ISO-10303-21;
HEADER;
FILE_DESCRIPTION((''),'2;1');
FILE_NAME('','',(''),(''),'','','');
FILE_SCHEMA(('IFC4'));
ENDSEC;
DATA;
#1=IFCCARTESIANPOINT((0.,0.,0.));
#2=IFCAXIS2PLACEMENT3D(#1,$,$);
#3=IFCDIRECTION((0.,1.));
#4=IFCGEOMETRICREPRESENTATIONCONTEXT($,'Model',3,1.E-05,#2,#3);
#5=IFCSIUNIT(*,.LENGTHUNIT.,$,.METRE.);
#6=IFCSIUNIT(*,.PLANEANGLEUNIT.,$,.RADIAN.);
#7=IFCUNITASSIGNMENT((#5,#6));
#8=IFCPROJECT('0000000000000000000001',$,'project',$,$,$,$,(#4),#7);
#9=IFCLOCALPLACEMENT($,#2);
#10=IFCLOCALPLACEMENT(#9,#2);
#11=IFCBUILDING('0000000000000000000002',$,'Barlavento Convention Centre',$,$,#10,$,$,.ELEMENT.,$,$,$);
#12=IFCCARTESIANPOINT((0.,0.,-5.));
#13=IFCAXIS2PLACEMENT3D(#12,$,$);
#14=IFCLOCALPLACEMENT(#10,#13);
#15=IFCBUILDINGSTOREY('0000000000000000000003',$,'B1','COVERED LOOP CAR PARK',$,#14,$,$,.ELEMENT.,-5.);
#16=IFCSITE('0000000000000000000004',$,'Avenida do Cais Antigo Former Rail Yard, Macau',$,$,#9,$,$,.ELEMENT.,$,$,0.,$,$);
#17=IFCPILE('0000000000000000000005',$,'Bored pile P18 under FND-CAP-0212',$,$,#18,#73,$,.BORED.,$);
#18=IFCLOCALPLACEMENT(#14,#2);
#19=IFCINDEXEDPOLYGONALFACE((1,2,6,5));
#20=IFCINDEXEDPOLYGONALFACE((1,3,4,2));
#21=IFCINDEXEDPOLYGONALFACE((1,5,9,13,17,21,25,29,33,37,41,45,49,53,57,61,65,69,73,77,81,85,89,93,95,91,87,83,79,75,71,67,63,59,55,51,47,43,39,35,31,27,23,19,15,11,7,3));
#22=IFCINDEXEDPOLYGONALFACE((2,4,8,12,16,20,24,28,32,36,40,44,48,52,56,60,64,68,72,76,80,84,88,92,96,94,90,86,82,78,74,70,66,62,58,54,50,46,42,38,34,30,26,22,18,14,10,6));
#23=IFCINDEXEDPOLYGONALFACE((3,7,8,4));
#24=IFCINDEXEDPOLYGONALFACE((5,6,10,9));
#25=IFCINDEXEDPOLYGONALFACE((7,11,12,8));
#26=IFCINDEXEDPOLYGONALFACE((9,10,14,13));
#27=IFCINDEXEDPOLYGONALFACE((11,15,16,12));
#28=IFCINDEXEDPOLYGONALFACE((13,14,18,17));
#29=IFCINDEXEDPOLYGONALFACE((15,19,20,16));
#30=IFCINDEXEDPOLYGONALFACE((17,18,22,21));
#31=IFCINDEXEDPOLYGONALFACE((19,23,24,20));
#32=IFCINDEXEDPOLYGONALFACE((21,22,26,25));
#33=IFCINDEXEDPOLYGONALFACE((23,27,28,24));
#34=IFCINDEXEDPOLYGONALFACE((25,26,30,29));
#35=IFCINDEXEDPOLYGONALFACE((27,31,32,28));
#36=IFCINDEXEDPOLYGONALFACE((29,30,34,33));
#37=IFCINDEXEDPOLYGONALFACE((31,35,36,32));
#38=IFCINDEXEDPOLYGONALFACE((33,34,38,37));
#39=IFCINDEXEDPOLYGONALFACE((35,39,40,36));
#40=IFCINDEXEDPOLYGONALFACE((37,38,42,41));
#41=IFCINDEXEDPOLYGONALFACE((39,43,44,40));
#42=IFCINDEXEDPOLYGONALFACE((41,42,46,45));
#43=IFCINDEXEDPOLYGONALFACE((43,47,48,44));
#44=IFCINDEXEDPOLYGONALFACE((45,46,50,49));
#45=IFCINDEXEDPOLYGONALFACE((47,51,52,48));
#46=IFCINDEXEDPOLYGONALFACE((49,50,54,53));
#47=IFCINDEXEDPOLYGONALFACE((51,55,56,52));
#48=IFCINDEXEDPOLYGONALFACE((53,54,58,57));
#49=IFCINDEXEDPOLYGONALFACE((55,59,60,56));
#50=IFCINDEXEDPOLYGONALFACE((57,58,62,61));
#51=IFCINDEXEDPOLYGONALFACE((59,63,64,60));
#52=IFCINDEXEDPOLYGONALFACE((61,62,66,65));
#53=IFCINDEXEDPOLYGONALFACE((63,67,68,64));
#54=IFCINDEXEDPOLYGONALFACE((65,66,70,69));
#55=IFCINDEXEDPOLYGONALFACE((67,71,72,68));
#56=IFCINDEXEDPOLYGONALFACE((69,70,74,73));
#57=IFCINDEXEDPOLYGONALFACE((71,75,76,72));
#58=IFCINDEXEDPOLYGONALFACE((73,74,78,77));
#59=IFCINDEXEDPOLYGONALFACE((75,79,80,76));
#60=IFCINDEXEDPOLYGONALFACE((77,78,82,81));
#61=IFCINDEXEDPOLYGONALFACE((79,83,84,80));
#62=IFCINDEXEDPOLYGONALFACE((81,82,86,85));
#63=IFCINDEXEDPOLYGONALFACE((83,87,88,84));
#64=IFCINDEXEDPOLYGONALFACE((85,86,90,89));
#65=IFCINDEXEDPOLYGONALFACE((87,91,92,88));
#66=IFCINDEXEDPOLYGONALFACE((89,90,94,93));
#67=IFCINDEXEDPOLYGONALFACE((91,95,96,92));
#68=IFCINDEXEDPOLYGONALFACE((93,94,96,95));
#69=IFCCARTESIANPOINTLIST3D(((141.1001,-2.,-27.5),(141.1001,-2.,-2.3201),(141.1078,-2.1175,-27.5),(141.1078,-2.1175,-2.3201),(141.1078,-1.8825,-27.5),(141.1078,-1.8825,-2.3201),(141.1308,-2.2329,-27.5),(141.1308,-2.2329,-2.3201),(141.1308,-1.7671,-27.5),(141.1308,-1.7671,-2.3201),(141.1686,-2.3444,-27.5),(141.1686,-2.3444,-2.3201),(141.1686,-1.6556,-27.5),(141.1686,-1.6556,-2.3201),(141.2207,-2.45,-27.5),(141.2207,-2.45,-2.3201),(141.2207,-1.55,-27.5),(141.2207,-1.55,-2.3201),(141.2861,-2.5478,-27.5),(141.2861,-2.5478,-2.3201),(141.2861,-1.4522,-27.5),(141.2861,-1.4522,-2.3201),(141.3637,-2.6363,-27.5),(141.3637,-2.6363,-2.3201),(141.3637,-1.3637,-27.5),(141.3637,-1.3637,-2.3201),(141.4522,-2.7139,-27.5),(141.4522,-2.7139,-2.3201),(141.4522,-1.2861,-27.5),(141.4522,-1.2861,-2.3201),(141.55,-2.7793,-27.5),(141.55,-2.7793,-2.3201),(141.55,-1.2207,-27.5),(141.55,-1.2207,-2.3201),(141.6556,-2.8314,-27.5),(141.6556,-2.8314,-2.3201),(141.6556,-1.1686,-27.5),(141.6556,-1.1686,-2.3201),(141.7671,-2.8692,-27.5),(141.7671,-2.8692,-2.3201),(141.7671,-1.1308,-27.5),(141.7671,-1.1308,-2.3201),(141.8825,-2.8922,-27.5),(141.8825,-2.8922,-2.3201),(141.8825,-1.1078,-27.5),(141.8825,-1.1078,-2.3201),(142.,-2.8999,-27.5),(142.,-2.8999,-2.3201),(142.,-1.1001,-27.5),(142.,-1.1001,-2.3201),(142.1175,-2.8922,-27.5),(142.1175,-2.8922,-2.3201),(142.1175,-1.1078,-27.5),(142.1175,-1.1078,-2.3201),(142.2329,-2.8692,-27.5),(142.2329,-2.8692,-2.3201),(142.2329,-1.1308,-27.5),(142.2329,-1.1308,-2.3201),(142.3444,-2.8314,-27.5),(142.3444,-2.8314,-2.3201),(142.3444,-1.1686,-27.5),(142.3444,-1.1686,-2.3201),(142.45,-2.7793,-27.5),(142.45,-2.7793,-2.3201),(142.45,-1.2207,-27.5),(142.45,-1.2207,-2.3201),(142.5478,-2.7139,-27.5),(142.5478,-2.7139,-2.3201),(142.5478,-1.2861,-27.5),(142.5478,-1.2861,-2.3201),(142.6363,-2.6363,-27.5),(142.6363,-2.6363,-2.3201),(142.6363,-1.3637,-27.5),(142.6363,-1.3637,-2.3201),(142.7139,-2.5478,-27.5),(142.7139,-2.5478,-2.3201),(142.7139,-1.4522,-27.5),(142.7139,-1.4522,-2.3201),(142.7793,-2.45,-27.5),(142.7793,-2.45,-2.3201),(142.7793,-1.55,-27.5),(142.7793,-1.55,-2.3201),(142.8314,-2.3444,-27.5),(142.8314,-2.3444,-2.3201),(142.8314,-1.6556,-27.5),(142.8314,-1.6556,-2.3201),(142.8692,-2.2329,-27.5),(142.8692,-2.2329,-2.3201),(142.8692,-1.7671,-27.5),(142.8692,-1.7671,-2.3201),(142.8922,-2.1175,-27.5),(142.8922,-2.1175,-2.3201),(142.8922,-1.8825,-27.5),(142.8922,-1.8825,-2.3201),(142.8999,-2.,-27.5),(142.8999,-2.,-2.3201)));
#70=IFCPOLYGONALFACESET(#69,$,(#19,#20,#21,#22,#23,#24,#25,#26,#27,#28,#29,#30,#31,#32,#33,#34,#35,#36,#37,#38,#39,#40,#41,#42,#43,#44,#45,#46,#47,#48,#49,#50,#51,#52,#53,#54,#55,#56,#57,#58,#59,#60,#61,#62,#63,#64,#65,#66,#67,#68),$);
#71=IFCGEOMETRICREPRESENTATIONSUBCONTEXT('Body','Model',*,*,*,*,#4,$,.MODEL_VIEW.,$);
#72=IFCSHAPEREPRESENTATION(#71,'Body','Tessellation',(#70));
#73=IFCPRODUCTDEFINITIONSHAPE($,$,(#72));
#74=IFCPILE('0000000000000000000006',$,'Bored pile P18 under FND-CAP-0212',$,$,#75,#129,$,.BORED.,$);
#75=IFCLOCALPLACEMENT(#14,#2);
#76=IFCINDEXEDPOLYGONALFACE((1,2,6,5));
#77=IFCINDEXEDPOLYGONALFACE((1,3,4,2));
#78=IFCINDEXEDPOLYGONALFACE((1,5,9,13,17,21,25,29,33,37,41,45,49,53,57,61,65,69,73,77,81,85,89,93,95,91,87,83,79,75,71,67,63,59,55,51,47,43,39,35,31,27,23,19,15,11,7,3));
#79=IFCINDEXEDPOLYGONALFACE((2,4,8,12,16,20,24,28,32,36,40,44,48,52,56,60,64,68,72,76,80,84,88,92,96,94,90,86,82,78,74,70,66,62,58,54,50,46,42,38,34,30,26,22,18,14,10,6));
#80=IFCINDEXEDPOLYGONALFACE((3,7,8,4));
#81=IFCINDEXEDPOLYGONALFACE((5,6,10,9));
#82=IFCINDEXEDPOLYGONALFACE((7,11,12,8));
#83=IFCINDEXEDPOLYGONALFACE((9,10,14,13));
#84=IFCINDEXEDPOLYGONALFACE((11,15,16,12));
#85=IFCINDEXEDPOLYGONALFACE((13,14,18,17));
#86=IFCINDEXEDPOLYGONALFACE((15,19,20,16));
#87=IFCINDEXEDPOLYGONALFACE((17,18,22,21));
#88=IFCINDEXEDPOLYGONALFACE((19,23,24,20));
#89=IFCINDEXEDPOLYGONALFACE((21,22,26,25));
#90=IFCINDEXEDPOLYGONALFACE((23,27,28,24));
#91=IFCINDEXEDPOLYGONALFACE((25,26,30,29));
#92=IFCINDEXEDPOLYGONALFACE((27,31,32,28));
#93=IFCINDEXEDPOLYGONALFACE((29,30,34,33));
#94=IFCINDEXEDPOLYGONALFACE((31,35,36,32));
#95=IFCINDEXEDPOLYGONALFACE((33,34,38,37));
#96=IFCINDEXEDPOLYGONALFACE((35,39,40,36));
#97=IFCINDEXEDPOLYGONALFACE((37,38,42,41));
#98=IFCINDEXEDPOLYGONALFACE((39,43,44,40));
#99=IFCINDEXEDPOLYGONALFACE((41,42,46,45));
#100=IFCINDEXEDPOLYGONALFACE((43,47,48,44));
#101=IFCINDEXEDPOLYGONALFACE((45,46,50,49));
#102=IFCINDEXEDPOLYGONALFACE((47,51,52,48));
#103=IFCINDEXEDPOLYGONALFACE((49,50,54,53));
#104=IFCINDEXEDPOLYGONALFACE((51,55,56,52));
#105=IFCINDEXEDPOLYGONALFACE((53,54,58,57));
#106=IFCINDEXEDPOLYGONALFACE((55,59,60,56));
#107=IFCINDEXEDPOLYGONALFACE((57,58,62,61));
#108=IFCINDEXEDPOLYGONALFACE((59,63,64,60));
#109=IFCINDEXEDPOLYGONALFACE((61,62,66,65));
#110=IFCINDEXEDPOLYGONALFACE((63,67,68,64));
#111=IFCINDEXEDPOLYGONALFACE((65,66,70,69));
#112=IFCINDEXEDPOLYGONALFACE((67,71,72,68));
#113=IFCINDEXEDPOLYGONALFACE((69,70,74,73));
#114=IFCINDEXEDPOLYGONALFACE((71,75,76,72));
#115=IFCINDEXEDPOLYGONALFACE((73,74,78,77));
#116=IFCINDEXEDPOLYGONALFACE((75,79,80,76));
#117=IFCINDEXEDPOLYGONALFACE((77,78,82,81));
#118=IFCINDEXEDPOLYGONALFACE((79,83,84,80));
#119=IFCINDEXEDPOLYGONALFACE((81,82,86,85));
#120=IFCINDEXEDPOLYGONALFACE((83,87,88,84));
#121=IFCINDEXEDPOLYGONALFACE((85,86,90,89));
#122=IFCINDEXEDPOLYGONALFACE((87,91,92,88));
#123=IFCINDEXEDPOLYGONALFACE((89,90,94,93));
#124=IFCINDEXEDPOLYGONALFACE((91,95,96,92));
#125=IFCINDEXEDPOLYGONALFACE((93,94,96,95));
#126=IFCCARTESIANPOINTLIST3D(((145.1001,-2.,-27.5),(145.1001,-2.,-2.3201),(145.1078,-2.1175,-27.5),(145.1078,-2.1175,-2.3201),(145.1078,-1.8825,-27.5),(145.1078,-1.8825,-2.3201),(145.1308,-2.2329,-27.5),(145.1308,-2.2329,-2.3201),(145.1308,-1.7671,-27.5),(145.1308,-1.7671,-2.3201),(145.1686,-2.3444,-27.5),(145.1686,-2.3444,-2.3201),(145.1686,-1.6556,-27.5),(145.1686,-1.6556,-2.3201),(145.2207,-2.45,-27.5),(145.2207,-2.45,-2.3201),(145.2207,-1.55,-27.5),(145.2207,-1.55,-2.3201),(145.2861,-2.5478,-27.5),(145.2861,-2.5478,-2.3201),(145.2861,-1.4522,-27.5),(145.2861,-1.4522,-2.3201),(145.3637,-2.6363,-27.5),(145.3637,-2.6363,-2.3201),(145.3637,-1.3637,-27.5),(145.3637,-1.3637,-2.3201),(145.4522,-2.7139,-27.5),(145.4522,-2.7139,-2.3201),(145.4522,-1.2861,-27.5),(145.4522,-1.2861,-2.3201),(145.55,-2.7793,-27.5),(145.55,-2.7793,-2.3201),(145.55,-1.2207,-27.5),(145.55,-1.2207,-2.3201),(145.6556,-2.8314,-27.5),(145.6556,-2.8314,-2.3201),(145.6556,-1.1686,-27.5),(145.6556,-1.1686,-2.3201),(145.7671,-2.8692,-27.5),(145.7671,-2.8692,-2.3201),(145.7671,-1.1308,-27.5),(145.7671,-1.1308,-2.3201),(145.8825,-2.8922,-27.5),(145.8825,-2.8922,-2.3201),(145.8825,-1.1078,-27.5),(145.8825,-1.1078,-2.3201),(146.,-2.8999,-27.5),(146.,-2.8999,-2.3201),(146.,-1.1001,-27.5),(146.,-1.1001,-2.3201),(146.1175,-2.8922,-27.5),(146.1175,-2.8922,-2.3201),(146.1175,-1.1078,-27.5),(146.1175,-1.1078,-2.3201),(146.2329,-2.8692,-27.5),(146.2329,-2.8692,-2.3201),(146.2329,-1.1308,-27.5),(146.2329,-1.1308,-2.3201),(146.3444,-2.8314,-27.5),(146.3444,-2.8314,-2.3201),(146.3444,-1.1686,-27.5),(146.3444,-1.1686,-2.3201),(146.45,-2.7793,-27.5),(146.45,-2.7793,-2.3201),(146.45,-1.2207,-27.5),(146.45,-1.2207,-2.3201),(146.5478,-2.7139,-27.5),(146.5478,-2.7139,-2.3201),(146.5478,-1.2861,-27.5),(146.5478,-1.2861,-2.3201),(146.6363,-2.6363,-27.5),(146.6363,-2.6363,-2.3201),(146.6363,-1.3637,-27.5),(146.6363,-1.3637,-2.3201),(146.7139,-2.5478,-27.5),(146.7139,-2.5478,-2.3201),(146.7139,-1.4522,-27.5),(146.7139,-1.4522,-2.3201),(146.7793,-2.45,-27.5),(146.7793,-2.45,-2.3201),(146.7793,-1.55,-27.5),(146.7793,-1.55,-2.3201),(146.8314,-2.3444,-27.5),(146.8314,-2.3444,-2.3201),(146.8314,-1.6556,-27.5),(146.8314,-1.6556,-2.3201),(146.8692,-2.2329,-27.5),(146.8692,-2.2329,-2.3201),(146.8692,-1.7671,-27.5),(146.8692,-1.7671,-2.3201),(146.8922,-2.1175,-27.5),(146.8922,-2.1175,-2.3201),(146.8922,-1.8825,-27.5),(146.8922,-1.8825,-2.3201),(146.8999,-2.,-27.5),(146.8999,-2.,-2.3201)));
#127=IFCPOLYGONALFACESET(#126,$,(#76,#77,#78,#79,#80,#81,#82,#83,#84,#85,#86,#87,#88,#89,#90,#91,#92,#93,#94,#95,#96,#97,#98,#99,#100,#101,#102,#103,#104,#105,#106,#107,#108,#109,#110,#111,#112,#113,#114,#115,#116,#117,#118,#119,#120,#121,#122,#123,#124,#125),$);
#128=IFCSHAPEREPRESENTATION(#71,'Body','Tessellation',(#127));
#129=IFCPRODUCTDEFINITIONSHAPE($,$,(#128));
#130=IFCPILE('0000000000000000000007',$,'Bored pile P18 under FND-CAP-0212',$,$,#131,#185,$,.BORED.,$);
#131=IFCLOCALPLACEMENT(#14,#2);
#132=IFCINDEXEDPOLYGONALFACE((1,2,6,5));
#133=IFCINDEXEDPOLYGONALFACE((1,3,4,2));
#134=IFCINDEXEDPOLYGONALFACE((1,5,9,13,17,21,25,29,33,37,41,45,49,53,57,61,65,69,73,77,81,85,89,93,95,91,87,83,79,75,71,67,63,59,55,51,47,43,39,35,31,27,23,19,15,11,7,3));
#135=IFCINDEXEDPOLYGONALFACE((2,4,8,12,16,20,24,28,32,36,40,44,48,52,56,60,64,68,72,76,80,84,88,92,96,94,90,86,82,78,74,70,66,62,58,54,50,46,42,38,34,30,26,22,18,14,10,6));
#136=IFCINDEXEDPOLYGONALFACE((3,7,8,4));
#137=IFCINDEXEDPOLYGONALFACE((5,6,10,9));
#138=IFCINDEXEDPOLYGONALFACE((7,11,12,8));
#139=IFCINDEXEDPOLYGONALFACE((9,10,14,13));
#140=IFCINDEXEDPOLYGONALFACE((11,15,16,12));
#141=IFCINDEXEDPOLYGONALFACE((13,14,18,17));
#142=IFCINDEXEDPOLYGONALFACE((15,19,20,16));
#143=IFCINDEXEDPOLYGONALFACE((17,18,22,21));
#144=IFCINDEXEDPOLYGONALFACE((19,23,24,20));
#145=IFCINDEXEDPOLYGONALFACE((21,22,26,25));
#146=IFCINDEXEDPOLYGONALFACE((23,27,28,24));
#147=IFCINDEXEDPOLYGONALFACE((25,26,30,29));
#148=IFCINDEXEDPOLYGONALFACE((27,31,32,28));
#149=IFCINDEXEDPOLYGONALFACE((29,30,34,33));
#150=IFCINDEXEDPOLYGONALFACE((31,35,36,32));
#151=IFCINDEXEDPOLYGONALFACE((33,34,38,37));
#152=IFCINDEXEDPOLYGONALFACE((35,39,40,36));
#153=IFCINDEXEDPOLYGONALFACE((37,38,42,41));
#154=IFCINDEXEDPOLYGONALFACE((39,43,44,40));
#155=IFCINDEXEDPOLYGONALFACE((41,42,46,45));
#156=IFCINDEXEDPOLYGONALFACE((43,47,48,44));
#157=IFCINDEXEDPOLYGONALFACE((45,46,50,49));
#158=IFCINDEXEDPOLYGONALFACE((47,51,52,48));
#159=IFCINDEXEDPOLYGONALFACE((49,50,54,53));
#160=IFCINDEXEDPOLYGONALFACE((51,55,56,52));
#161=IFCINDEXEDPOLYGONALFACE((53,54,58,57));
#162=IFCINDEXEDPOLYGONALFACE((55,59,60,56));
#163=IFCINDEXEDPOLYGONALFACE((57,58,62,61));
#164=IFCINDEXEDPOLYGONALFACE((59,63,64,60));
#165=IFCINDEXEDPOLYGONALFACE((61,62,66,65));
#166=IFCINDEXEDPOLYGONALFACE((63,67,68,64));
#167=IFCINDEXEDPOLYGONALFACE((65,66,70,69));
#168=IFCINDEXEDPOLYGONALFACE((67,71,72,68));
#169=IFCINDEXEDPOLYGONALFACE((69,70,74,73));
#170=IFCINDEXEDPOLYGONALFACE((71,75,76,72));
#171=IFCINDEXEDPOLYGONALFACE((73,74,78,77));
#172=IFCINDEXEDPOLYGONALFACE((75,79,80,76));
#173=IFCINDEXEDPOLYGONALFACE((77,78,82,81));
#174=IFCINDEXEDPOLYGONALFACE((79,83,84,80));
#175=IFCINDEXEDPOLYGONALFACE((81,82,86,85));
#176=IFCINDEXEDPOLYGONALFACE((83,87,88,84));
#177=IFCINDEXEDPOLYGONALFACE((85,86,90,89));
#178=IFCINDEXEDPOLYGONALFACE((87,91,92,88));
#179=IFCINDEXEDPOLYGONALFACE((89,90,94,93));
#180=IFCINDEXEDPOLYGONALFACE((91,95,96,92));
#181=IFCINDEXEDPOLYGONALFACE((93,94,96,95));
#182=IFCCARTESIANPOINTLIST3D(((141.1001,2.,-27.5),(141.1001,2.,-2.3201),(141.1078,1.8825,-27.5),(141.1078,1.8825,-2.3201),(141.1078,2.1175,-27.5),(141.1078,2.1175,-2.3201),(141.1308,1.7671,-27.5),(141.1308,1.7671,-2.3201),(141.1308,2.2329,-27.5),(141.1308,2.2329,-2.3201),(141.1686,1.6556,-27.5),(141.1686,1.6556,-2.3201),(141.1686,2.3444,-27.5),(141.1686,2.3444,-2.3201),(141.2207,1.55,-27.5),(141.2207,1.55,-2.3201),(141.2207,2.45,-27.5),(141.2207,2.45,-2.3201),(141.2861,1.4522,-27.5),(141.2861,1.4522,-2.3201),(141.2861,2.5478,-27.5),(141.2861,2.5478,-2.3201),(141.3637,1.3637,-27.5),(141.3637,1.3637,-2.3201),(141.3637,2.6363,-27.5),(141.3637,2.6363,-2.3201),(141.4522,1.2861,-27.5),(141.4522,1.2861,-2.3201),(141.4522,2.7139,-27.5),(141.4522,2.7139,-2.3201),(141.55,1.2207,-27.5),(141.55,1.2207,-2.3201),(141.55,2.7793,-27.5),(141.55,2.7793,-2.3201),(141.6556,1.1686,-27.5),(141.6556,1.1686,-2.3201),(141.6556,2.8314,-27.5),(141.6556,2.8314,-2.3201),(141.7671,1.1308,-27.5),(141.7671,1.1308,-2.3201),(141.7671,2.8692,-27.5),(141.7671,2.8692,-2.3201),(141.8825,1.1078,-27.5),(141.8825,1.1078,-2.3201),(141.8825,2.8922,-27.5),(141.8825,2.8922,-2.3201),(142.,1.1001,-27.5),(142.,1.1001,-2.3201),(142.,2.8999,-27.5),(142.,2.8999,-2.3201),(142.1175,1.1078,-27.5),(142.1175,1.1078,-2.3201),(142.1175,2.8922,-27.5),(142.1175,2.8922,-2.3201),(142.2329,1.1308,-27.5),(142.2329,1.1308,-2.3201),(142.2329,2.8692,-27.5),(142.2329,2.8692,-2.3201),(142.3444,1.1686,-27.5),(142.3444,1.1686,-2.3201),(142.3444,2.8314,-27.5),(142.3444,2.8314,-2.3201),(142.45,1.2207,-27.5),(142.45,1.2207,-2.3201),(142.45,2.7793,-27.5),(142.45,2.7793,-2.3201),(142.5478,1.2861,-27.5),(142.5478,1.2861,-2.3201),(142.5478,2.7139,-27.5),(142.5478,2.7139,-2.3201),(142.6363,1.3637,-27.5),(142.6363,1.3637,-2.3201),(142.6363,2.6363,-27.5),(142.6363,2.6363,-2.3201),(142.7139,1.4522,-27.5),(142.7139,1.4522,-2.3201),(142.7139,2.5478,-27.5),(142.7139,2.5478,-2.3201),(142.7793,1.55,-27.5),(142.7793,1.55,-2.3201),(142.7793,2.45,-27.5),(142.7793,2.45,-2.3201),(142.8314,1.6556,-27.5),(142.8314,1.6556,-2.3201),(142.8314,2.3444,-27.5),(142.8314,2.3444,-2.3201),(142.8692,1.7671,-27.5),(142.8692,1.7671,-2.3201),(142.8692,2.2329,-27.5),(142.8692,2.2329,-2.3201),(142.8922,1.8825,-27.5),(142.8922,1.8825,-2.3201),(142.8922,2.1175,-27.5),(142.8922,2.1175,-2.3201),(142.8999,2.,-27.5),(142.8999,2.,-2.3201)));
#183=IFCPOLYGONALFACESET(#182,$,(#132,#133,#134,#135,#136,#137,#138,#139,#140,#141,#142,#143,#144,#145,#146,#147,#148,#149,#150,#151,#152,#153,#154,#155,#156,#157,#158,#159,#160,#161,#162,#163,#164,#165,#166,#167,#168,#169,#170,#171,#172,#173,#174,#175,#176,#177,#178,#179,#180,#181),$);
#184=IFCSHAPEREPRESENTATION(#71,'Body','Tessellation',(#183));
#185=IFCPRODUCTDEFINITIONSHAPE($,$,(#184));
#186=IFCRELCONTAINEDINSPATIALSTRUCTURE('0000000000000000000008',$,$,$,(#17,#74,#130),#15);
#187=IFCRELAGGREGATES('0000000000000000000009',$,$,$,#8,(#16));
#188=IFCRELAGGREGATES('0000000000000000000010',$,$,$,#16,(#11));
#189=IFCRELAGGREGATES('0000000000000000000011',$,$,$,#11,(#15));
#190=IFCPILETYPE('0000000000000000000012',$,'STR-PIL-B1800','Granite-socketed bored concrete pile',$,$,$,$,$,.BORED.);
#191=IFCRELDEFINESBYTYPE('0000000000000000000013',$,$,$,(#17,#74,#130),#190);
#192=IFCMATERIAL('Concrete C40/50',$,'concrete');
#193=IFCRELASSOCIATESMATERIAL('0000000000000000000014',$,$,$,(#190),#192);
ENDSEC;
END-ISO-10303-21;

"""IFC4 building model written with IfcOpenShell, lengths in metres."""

from ifc_helpers import new_model, si_unit, direction, frame, origin, origin_2d, place, context, subcontext, project, spatial, circle, extrude, material, material_profile, profile_set, type_object, element, save


model = new_model("IFC4")

# Units and contexts
model_context = context("Model", 3, precision=1e-05, world=origin(), true_north=direction((0.0, 1.0)))
body_context = subcontext(model_context, "Body", "Model", "MODEL_VIEW")
ifc_project = project(units=[si_unit("LENGTHUNIT", "METRE"), si_unit("PLANEANGLEUNIT", "RADIAN")], contexts=[model_context])

# Site, building, storey
site_placement = place(None, origin())
site = spatial("IfcSite", under=ifc_project, at=site_placement, Name="Avenida do Cais Antigo Former Rail Yard, Macau", CompositionType="ELEMENT", RefElevation=0.0)
building_placement = place(site_placement, origin())
building = spatial("IfcBuilding", under=site, at=building_placement, Name="Barlavento Convention Centre", CompositionType="ELEMENT")
storey_placement = place(building_placement, frame((0.0, 0.0, -5.0)))
storey = spatial("IfcBuildingStorey", under=building, at=storey_placement, Name="B1", Description="COVERED LOOP CAR PARK", CompositionType="ELEMENT", Elevation=-5.0)

# Shared definitions
ifc_material_1 = material(Name="Concrete C40/50", Category="concrete")

# Piles
ifc_material_profile_1 = material_profile(ifc_material_1, circle(Radius=0.8999, at=origin_2d()), Name="BORED PILE 1800")
ifc_profile_set_1 = profile_set([ifc_material_profile_1], Name="Concrete C40/50")
pile_type_1 = type_object("IfcPileType", Name="STR-PIL-B1800", Description="Granite-socketed bored concrete pile", PredefinedType="BORED", material=ifc_profile_set_1)
for number, where, z_axis, x_axis, name in (
    (1, (142.0, -2.0, -2.3201), (0.0, 0.0, -1.0), (1.0, 0.0, 0.0), "Bored pile P18 under FND-CAP-0212"),
    (2, (146.0, -2.0, -2.3201), (0.0, 0.0, -1.0), (1.0, 0.0, 0.0), "Bored pile P18 under FND-CAP-0212"),
    (3, (142.0, 2.0, -2.3201), (0.0, 0.0, -1.0), (1.0, 0.0, 0.0), "Bored pile P18 under FND-CAP-0212"),
):
    element("IfcPile", number, at=place(storey_placement, frame(where, z_axis=z_axis, x_axis=x_axis)), inside=storey, type_object=pile_type_1, Name=name, PredefinedType="BORED", context=body_context, shape_type="SweptSolid", body=[
        extrude(circle(Radius=0.8999, at=origin_2d()), origin(), (0.0, 0.0, 1.0), 25.1799),
    ])

save(model, "model.ifc")
